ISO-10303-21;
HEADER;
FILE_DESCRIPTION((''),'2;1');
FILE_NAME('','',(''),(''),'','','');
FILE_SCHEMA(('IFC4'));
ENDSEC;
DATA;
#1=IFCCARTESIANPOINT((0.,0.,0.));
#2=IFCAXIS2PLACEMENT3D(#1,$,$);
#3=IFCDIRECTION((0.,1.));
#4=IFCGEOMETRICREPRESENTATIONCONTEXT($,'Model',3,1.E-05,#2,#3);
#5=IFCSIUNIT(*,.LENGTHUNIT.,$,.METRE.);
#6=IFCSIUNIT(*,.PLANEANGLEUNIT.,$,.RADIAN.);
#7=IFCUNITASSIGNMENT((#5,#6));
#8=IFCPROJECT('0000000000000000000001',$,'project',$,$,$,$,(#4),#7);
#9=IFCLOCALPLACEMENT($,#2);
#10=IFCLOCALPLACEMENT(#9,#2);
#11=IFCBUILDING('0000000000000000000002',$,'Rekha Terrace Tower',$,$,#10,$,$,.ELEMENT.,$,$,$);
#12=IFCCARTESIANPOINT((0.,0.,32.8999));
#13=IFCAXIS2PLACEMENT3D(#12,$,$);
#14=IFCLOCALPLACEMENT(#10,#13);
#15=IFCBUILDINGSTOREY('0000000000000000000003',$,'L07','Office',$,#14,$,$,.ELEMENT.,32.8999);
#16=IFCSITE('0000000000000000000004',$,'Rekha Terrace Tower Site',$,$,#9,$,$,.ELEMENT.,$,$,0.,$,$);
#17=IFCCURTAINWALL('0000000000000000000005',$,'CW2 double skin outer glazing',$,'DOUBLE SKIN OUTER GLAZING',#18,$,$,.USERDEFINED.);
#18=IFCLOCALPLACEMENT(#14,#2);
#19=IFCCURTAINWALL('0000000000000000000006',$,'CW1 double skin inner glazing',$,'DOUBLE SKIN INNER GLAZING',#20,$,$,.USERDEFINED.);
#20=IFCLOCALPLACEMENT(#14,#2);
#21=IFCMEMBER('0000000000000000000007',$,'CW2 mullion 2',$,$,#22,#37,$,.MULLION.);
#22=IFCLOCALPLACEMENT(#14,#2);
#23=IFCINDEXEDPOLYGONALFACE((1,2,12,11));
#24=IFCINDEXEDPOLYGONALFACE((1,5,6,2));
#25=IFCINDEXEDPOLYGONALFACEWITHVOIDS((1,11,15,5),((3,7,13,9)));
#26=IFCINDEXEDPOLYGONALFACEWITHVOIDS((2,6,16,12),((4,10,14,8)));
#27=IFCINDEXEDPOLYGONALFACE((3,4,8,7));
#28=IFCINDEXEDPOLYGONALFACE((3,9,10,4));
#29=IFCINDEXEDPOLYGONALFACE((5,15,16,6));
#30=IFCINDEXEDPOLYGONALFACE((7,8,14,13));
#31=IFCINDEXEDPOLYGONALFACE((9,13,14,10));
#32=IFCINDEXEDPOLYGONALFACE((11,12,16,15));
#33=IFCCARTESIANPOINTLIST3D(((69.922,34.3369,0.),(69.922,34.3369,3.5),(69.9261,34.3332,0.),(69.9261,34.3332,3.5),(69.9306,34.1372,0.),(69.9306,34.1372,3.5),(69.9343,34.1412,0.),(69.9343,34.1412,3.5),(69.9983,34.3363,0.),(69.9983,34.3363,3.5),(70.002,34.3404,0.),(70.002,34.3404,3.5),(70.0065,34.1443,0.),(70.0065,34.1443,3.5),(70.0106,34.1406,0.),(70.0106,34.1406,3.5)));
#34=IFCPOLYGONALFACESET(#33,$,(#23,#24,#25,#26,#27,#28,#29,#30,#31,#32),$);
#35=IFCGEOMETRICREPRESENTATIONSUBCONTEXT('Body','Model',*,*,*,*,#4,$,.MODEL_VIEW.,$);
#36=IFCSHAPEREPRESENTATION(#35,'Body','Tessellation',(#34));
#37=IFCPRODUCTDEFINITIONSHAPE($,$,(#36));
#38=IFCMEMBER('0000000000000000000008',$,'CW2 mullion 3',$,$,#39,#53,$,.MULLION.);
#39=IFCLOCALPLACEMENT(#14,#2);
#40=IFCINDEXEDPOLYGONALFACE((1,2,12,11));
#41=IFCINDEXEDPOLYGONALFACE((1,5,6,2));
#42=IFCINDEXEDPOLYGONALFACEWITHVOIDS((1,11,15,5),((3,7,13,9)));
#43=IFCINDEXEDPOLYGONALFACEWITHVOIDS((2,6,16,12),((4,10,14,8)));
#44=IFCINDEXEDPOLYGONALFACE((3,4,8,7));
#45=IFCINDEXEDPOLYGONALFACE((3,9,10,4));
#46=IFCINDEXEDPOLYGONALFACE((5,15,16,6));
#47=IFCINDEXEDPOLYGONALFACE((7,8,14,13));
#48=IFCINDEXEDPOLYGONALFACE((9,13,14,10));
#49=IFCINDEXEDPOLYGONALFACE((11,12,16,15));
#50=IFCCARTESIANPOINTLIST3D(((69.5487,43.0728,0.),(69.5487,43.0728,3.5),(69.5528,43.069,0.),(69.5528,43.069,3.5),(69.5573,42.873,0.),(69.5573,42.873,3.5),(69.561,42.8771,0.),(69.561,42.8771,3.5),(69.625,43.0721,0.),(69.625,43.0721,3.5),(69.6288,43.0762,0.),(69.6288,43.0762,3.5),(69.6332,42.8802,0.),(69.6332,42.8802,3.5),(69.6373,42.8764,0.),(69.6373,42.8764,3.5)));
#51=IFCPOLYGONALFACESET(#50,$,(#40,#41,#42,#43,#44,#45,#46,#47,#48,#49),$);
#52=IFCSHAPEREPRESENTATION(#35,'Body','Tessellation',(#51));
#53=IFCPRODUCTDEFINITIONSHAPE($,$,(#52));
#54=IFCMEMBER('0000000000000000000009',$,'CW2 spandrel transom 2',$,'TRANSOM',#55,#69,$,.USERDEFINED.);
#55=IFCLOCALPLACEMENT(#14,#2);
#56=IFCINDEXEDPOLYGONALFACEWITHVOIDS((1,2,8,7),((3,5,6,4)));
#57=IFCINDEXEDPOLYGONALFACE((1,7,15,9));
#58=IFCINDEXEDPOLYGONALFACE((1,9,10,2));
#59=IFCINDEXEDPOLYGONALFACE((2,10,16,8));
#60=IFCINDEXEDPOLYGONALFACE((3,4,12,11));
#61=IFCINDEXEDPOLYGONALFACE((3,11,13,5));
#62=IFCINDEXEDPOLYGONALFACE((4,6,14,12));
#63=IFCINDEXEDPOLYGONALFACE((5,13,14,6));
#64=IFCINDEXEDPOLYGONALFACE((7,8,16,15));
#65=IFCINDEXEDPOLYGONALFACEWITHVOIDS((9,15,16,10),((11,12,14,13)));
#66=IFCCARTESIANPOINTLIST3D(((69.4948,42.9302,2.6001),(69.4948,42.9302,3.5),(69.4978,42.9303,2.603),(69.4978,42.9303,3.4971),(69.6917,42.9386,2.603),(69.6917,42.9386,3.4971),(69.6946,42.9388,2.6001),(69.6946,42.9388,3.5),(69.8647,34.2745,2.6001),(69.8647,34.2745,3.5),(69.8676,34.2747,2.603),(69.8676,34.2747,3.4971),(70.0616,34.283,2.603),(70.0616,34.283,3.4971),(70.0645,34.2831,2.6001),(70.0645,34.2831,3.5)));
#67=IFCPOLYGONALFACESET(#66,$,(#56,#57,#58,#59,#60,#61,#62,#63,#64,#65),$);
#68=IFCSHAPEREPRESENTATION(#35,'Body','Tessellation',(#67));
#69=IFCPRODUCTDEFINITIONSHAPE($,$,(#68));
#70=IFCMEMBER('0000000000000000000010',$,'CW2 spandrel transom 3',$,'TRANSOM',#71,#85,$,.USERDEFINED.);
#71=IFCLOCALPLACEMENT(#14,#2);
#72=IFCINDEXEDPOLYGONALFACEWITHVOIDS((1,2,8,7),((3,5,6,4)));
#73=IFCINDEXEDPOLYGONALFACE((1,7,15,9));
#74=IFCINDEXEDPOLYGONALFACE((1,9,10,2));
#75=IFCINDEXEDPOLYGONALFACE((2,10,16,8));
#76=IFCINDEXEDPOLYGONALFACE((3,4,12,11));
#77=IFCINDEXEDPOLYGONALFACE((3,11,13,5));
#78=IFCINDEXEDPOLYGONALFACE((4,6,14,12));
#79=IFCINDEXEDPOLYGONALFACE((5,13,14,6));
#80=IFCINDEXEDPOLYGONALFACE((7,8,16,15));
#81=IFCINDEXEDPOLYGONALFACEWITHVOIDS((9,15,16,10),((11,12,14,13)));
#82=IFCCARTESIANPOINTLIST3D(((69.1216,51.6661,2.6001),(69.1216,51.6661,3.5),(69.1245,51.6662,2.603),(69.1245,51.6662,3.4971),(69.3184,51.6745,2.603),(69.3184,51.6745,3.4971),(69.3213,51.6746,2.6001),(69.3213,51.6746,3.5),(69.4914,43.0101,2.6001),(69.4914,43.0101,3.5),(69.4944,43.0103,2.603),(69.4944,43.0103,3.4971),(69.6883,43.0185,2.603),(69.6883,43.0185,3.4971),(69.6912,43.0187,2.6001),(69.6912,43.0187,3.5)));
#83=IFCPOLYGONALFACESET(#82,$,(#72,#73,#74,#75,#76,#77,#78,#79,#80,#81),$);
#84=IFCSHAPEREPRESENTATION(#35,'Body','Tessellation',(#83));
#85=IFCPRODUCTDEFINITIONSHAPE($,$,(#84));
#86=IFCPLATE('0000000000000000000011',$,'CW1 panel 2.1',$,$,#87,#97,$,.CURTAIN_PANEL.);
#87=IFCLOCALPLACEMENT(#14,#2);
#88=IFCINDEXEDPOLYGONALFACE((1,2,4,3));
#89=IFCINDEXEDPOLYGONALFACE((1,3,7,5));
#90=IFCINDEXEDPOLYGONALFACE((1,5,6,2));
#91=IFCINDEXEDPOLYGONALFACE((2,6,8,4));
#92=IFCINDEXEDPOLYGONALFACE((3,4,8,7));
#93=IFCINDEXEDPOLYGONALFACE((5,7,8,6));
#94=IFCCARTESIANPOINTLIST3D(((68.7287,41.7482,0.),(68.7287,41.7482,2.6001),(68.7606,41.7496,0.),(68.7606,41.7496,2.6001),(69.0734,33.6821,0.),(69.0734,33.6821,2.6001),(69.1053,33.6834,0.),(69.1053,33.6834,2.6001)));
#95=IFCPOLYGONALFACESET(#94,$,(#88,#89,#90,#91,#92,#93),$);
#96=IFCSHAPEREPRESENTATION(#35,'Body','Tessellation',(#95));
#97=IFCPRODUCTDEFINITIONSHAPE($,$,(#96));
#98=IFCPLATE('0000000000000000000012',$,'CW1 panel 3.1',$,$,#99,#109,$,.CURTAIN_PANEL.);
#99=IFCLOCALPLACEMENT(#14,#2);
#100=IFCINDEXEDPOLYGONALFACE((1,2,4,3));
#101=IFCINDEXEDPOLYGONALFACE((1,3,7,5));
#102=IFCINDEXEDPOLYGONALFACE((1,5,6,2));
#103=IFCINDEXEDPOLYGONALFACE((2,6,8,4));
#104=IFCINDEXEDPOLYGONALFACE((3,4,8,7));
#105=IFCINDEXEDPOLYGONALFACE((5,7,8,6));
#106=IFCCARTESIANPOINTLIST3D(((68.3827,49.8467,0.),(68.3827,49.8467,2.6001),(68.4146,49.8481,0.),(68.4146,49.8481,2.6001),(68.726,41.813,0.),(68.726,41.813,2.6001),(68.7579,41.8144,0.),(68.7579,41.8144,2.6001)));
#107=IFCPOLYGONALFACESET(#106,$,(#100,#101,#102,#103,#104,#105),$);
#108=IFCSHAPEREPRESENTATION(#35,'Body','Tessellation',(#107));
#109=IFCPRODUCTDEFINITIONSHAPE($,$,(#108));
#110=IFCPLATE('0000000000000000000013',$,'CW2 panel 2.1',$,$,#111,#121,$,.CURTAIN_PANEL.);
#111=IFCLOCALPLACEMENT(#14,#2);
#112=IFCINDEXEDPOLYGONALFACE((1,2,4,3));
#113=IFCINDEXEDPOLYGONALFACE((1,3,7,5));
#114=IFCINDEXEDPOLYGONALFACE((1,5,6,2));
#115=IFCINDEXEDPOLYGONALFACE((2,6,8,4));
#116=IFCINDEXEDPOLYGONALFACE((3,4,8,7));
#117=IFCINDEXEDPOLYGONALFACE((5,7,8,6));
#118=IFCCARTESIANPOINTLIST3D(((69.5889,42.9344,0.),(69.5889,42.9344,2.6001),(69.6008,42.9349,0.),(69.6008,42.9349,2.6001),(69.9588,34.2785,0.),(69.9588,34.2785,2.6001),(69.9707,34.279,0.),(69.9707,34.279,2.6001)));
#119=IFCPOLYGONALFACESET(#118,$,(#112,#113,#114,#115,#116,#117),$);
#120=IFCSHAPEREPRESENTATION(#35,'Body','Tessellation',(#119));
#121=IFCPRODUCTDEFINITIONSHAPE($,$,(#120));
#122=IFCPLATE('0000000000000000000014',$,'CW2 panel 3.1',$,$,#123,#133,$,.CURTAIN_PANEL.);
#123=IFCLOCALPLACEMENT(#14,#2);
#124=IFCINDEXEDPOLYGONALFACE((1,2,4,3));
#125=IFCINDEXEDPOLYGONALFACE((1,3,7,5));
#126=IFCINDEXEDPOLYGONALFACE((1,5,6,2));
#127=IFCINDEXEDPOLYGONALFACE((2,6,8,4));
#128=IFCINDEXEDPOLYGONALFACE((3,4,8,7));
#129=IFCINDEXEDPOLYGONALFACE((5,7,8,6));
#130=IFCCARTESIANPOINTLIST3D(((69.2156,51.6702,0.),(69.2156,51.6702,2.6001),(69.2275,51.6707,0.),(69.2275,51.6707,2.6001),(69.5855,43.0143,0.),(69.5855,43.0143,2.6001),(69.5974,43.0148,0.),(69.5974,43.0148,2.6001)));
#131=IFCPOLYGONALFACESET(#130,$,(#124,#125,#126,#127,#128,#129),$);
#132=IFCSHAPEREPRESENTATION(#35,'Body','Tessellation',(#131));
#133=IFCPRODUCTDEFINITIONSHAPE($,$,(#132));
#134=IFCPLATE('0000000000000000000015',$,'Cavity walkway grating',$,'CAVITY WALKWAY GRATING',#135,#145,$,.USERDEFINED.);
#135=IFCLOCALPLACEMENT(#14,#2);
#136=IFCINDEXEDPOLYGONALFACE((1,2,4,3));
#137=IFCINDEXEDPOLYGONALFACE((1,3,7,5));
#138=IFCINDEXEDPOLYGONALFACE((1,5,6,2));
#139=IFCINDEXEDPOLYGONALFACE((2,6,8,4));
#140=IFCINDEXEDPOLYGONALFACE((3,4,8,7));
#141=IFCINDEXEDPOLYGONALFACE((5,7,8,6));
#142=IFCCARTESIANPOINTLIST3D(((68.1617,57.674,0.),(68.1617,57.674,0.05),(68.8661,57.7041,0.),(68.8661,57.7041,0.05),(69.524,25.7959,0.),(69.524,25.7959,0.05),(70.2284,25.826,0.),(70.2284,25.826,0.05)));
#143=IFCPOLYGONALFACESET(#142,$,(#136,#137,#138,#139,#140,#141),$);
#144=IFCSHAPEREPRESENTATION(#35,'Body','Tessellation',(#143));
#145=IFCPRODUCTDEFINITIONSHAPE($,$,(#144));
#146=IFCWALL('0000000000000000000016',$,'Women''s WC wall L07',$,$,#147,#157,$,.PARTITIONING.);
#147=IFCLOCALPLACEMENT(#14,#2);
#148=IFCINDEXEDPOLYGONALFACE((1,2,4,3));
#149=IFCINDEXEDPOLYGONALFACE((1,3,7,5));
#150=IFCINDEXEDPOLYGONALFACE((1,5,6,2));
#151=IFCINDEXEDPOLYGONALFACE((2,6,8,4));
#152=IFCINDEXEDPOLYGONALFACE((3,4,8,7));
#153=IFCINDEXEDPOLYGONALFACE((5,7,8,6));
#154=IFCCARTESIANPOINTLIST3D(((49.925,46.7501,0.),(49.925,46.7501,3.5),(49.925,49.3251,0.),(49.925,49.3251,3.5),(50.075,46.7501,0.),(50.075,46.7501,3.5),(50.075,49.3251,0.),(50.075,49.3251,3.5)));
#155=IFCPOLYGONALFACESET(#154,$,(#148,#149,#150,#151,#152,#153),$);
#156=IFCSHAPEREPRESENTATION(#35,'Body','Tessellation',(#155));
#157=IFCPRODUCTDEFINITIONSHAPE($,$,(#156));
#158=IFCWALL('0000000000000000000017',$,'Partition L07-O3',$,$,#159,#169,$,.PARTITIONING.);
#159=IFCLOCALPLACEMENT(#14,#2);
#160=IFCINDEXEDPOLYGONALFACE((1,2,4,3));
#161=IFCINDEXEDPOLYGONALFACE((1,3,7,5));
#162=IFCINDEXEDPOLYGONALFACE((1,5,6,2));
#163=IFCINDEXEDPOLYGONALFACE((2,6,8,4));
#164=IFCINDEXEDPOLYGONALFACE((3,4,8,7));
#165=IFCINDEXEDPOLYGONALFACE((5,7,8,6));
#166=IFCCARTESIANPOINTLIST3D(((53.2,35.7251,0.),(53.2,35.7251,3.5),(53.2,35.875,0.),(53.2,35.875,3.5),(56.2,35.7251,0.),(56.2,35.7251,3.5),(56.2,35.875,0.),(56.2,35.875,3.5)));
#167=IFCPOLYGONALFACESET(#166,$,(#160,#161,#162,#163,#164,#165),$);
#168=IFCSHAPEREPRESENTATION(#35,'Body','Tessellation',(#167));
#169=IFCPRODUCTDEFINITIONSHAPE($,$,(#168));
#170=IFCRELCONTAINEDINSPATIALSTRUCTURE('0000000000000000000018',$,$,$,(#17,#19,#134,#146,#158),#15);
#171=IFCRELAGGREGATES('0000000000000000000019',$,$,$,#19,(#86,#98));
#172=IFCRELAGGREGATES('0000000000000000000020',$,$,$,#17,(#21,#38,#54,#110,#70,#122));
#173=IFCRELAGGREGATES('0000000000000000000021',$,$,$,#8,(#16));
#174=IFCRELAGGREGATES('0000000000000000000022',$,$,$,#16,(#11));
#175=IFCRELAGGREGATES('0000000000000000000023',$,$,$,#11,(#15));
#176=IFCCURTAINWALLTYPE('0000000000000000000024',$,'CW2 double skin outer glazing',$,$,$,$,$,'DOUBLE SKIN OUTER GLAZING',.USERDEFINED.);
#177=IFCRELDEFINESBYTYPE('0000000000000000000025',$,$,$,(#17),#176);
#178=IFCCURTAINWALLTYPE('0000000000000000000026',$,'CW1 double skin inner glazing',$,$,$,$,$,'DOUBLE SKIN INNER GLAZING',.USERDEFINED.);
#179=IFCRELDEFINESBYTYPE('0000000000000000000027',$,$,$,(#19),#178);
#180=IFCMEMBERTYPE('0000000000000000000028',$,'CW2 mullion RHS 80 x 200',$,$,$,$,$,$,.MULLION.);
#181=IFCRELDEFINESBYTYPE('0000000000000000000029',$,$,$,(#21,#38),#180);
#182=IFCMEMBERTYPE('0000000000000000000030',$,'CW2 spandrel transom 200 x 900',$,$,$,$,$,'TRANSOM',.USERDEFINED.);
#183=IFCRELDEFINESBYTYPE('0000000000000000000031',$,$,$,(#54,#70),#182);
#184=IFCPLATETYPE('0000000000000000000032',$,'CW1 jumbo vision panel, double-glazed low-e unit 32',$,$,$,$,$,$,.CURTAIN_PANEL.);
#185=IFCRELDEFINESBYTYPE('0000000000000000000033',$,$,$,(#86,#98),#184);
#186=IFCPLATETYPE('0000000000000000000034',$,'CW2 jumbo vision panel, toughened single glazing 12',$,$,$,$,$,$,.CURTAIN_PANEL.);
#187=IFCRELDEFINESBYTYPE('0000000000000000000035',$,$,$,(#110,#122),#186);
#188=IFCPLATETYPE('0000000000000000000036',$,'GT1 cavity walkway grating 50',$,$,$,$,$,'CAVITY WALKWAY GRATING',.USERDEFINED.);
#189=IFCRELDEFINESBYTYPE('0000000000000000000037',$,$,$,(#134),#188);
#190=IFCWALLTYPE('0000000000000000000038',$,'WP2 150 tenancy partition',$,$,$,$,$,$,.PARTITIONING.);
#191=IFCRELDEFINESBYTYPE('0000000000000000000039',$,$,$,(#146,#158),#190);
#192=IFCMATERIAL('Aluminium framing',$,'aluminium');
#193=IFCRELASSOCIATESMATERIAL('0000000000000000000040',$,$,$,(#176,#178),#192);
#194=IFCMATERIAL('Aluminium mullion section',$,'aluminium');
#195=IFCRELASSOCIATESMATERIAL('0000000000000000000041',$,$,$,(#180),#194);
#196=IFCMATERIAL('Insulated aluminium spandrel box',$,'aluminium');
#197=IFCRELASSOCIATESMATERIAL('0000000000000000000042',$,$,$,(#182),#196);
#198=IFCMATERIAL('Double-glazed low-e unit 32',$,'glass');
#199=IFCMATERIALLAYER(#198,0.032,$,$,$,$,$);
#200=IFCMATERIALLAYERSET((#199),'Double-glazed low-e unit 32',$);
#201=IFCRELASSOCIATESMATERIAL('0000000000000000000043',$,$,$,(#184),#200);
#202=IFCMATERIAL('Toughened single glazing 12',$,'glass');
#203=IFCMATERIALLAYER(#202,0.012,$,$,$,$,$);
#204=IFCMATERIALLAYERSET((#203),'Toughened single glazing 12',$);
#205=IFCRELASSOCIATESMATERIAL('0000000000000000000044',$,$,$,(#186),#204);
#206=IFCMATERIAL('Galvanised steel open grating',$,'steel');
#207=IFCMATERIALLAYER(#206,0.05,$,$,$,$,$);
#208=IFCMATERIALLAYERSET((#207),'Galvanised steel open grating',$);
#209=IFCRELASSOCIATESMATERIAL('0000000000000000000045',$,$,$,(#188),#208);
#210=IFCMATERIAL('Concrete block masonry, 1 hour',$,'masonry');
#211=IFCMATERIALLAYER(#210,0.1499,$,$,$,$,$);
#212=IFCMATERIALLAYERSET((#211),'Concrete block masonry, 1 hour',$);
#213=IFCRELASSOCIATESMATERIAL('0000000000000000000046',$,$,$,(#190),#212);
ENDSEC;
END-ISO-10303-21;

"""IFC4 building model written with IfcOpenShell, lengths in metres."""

from ifc_helpers import new_model, si_unit, direction, frame, frame_2d, origin, origin_2d, place, context, subcontext, project, spatial, rectangle, hollow_rectangle, extrude, material, layer, layer_set, material_profile, profile_set, type_object, element, aggregate, save


model = new_model("IFC4")

# Units and contexts
model_context = context("Model", 3, precision=1e-05, world=origin(), true_north=direction((0.0, 1.0)))
body_context = subcontext(model_context, "Body", "Model", "MODEL_VIEW")
ifc_project = project(units=[si_unit("LENGTHUNIT", "METRE"), si_unit("PLANEANGLEUNIT", "RADIAN")], contexts=[model_context])

# Site, building, storey
site_placement = place(None, origin())
site = spatial("IfcSite", under=ifc_project, at=site_placement, Name="Rekha Terrace Tower Site", CompositionType="ELEMENT", RefElevation=0.0)
building_placement = place(site_placement, origin())
building = spatial("IfcBuilding", under=site, at=building_placement, Name="Rekha Terrace Tower", CompositionType="ELEMENT")
storey_placement = place(building_placement, frame((0.0, 0.0, 32.8999)))
storey = spatial("IfcBuildingStorey", under=building, at=storey_placement, Name="L07", Description="Office", CompositionType="ELEMENT", Elevation=32.8999)

# Curtain walls
ifc_material_1 = material(Name="Aluminium framing", Category="aluminium")
curtain_wall_type_1 = type_object("IfcCurtainWallType", Name="CW2 double skin outer glazing", ElementType="DOUBLE SKIN OUTER GLAZING", PredefinedType="USERDEFINED", material=ifc_material_1)
curtain_wall_1_placement = place(storey_placement, origin())
curtain_wall_1 = element("IfcCurtainWall", 1, at=curtain_wall_1_placement, inside=storey, type_object=curtain_wall_type_1, Name="CW2 double skin outer glazing", ObjectType="DOUBLE SKIN OUTER GLAZING", PredefinedType="USERDEFINED")
curtain_wall_type_2 = type_object("IfcCurtainWallType", Name="CW1 double skin inner glazing", ElementType="DOUBLE SKIN INNER GLAZING", PredefinedType="USERDEFINED", material=ifc_material_1)
curtain_wall_2_placement = place(storey_placement, origin())
curtain_wall_2 = element("IfcCurtainWall", 2, at=curtain_wall_2_placement, inside=storey, type_object=curtain_wall_type_2, Name="CW1 double skin inner glazing", ObjectType="DOUBLE SKIN INNER GLAZING", PredefinedType="USERDEFINED")
ifc_material_2 = material(Name="Aluminium mullion section", Category="aluminium")
ifc_material_3 = material(Name="Insulated aluminium spandrel box", Category="aluminium")

# Members
ifc_material_profile_1 = material_profile(ifc_material_2, hollow_rectangle(XDim=0.0801, YDim=0.2, WallThickness=0.0039, at=origin_2d()), Name="AL RHS 80x200")
ifc_profile_set_1 = profile_set([ifc_material_profile_1], Name="Aluminium mullion section")
member_type_1 = type_object("IfcMemberType", Name="CW2 mullion RHS 80 x 200", PredefinedType="MULLION", material=ifc_profile_set_1)
member_1_placement = place(storey_placement, frame((69.9663, 34.2388, 0.0), z_axis=(0.0, 0.0, 1.0), x_axis=(-0.999088, -0.042696, 0.0)))
member_1 = element("IfcMember", 3, at=member_1_placement, type_object=member_type_1, Name="CW2 mullion 2", PredefinedType="MULLION", context=body_context, shape_type="SweptSolid", body=[
    extrude(hollow_rectangle(XDim=0.0801, YDim=0.2, WallThickness=0.0039, at=origin_2d()), origin(), (0.0, 0.0, 1.0), 3.5),
])
member_2_placement = place(storey_placement, frame((69.593, 42.9746, 0.0), z_axis=(0.0, 0.0, 1.0), x_axis=(-0.999088, -0.042696, 0.0)))
member_2 = element("IfcMember", 4, at=member_2_placement, type_object=member_type_1, Name="CW2 mullion 3", PredefinedType="MULLION", context=body_context, shape_type="SweptSolid", body=[
    extrude(hollow_rectangle(XDim=0.0801, YDim=0.2, WallThickness=0.0039, at=origin_2d()), origin(), (0.0, 0.0, 1.0), 3.5),
])
ifc_material_profile_2 = material_profile(ifc_material_3, hollow_rectangle(XDim=0.2, YDim=0.8999, WallThickness=0.0029, at=origin_2d()), Name="AL SPANDREL BOX 200x900")
ifc_profile_set_2 = profile_set([ifc_material_profile_2], Name="Insulated aluminium spandrel box")
member_type_2 = type_object("IfcMemberType", Name="CW2 spandrel transom 200 x 900", ElementType="TRANSOM", PredefinedType="USERDEFINED", material=ifc_profile_set_2)
member_3_placement = place(storey_placement, frame((69.9646, 34.2788, 3.05), z_axis=(-0.042692, 0.999088, 0.0), x_axis=(-0.999088, -0.042692, 0.0)))
member_3 = element("IfcMember", 5, at=member_3_placement, type_object=member_type_2, Name="CW2 spandrel transom 2", ObjectType="TRANSOM", PredefinedType="USERDEFINED", context=body_context, shape_type="SweptSolid", body=[
    extrude(hollow_rectangle(XDim=0.2, YDim=0.8999, WallThickness=0.0029, at=origin_2d()), origin(), (0.0, 0.0, 1.0), 8.6636),
])
member_4_placement = place(storey_placement, frame((69.5913, 43.0144, 3.05), z_axis=(-0.042691, 0.999088, 0.0), x_axis=(-0.999088, -0.042691, 0.0)))
member_4 = element("IfcMember", 6, at=member_4_placement, type_object=member_type_2, Name="CW2 spandrel transom 3", ObjectType="TRANSOM", PredefinedType="USERDEFINED", context=body_context, shape_type="SweptSolid", body=[
    extrude(hollow_rectangle(XDim=0.2, YDim=0.8999, WallThickness=0.0029, at=origin_2d()), origin(), (0.0, 0.0, 1.0), 8.6638),
])

# Plates
ifc_material_4 = material(Name="Double-glazed low-e unit 32", Category="glass")
ifc_layer_1 = layer(ifc_material_4, 0.032)
ifc_layer_set_1 = layer_set([ifc_layer_1], Name="Double-glazed low-e unit 32")
plate_type_1 = type_object("IfcPlateType", Name="CW1 jumbo vision panel, double-glazed low-e unit 32", PredefinedType="CURTAIN_PANEL", material=ifc_layer_set_1)
plate_1_placement = place(storey_placement, frame((68.917, 37.7158, 0.0), z_axis=(0.0, 0.0, 1.0), x_axis=(-0.042696, 0.999088, 0.0)))
plate_1 = element("IfcPlate", 7, at=plate_1_placement, type_object=plate_type_1, Name="CW1 panel 2.1", PredefinedType="CURTAIN_PANEL", context=body_context, shape_type="SweptSolid", body=[
    extrude(rectangle(XDim=8.0735, YDim=0.032, at=origin_2d()), origin(), (0.0, 0.0, 1.0), 2.6001),
])
plate_2_placement = place(storey_placement, frame((68.5703, 45.8306, 0.0), z_axis=(0.0, 0.0, 1.0), x_axis=(-0.042696, 0.999088, 0.0)))
plate_2 = element("IfcPlate", 8, at=plate_2_placement, type_object=plate_type_1, Name="CW1 panel 3.1", PredefinedType="CURTAIN_PANEL", context=body_context, shape_type="SweptSolid", body=[
    extrude(rectangle(XDim=8.041, YDim=0.032, at=origin_2d()), origin(), (0.0, 0.0, 1.0), 2.6001),
])
aggregate(curtain_wall_2, [plate_1, plate_2])
ifc_material_5 = material(Name="Toughened single glazing 12", Category="glass")
ifc_layer_2 = layer(ifc_material_5, 0.012)
ifc_layer_set_2 = layer_set([ifc_layer_2], Name="Toughened single glazing 12")
plate_type_2 = type_object("IfcPlateType", Name="CW2 jumbo vision panel, toughened single glazing 12", PredefinedType="CURTAIN_PANEL", material=ifc_layer_set_2)
plate_3_placement = place(storey_placement, frame((69.7798, 38.6067, 0.0), z_axis=(0.0, 0.0, 1.0), x_axis=(-0.042696, 0.999088, 0.0)))
plate_3 = element("IfcPlate", 9, at=plate_3_placement, type_object=plate_type_2, Name="CW2 panel 2.1", PredefinedType="CURTAIN_PANEL", context=body_context, shape_type="SweptSolid", body=[
    extrude(rectangle(XDim=8.6638, YDim=0.012, at=origin_2d()), origin(), (0.0, 0.0, 1.0), 2.6001),
])
plate_4_placement = place(storey_placement, frame((69.4065, 47.3425, 0.0), z_axis=(0.0, 0.0, 1.0), x_axis=(-0.042696, 0.999088, 0.0)))
plate_4 = element("IfcPlate", 10, at=plate_4_placement, type_object=plate_type_2, Name="CW2 panel 3.1", PredefinedType="CURTAIN_PANEL", context=body_context, shape_type="SweptSolid", body=[
    extrude(rectangle(XDim=8.6638, YDim=0.012, at=origin_2d()), origin(), (0.0, 0.0, 1.0), 2.6001),
])
aggregate(curtain_wall_1, [member_1, member_2, member_3, plate_3, member_4, plate_4])
ifc_material_6 = material(Name="Galvanised steel open grating", Category="steel")
ifc_layer_3 = layer(ifc_material_6, 0.05)
ifc_layer_set_3 = layer_set([ifc_layer_3], Name="Galvanised steel open grating")
plate_type_3 = type_object("IfcPlateType", Name="GT1 cavity walkway grating 50", ElementType="CAVITY WALKWAY GRATING", PredefinedType="USERDEFINED", material=ifc_layer_set_3)
plate_5_placement = place(storey_placement, frame((69.1951, 41.75, 0.0), z_axis=(0.0, 0.0, 1.0), x_axis=(-0.042696, 0.999088, 0.0)))
element("IfcPlate", 11, at=plate_5_placement, inside=storey, type_object=plate_type_3, Name="Cavity walkway grating", ObjectType="CAVITY WALKWAY GRATING", PredefinedType="USERDEFINED", context=body_context, shape_type="SweptSolid", body=[
    extrude(rectangle(XDim=31.9072, YDim=0.7051, at=origin_2d()), origin(), (0.0, 0.0, 1.0), 0.05),
])

# Walls
ifc_material_7 = material(Name="Concrete block masonry, 1 hour", Category="masonry")
ifc_layer_4 = layer(ifc_material_7, 0.1499)
ifc_layer_set_4 = layer_set([ifc_layer_4], Name="Concrete block masonry, 1 hour")
wall_type_1 = type_object("IfcWallType", Name="WP2 150 tenancy partition", PredefinedType="PARTITIONING", material=ifc_layer_set_4)
wall_1_placement = place(storey_placement, frame((50.0, 46.75, 0.0), z_axis=(0.0, 0.0, 1.0), x_axis=(0.0, 1.0, 0.0)))
element("IfcWall", 12, at=wall_1_placement, inside=storey, type_object=wall_type_1, Name="Women's WC wall L07", PredefinedType="PARTITIONING", context=body_context, shape_type="SweptSolid", body=[
    extrude(rectangle(XDim=2.575, YDim=0.1499, at=frame_2d((1.2876, 0.0))), origin(), (0.0, 0.0, 1.0), 3.5),
])
wall_2_placement = place(storey_placement, frame((56.2, 35.8, 0.0), z_axis=(0.0, 0.0, 1.0), x_axis=(-1.0, 0.0, 0.0)))
element("IfcWall", 13, at=wall_2_placement, inside=storey, type_object=wall_type_1, Name="Partition L07-O3", PredefinedType="PARTITIONING", context=body_context, shape_type="SweptSolid", body=[
    extrude(rectangle(XDim=3.0, YDim=0.1499, at=frame_2d((1.5, 0.0))), origin(), (0.0, 0.0, 1.0), 3.5),
])

save(model, "model.ifc")
